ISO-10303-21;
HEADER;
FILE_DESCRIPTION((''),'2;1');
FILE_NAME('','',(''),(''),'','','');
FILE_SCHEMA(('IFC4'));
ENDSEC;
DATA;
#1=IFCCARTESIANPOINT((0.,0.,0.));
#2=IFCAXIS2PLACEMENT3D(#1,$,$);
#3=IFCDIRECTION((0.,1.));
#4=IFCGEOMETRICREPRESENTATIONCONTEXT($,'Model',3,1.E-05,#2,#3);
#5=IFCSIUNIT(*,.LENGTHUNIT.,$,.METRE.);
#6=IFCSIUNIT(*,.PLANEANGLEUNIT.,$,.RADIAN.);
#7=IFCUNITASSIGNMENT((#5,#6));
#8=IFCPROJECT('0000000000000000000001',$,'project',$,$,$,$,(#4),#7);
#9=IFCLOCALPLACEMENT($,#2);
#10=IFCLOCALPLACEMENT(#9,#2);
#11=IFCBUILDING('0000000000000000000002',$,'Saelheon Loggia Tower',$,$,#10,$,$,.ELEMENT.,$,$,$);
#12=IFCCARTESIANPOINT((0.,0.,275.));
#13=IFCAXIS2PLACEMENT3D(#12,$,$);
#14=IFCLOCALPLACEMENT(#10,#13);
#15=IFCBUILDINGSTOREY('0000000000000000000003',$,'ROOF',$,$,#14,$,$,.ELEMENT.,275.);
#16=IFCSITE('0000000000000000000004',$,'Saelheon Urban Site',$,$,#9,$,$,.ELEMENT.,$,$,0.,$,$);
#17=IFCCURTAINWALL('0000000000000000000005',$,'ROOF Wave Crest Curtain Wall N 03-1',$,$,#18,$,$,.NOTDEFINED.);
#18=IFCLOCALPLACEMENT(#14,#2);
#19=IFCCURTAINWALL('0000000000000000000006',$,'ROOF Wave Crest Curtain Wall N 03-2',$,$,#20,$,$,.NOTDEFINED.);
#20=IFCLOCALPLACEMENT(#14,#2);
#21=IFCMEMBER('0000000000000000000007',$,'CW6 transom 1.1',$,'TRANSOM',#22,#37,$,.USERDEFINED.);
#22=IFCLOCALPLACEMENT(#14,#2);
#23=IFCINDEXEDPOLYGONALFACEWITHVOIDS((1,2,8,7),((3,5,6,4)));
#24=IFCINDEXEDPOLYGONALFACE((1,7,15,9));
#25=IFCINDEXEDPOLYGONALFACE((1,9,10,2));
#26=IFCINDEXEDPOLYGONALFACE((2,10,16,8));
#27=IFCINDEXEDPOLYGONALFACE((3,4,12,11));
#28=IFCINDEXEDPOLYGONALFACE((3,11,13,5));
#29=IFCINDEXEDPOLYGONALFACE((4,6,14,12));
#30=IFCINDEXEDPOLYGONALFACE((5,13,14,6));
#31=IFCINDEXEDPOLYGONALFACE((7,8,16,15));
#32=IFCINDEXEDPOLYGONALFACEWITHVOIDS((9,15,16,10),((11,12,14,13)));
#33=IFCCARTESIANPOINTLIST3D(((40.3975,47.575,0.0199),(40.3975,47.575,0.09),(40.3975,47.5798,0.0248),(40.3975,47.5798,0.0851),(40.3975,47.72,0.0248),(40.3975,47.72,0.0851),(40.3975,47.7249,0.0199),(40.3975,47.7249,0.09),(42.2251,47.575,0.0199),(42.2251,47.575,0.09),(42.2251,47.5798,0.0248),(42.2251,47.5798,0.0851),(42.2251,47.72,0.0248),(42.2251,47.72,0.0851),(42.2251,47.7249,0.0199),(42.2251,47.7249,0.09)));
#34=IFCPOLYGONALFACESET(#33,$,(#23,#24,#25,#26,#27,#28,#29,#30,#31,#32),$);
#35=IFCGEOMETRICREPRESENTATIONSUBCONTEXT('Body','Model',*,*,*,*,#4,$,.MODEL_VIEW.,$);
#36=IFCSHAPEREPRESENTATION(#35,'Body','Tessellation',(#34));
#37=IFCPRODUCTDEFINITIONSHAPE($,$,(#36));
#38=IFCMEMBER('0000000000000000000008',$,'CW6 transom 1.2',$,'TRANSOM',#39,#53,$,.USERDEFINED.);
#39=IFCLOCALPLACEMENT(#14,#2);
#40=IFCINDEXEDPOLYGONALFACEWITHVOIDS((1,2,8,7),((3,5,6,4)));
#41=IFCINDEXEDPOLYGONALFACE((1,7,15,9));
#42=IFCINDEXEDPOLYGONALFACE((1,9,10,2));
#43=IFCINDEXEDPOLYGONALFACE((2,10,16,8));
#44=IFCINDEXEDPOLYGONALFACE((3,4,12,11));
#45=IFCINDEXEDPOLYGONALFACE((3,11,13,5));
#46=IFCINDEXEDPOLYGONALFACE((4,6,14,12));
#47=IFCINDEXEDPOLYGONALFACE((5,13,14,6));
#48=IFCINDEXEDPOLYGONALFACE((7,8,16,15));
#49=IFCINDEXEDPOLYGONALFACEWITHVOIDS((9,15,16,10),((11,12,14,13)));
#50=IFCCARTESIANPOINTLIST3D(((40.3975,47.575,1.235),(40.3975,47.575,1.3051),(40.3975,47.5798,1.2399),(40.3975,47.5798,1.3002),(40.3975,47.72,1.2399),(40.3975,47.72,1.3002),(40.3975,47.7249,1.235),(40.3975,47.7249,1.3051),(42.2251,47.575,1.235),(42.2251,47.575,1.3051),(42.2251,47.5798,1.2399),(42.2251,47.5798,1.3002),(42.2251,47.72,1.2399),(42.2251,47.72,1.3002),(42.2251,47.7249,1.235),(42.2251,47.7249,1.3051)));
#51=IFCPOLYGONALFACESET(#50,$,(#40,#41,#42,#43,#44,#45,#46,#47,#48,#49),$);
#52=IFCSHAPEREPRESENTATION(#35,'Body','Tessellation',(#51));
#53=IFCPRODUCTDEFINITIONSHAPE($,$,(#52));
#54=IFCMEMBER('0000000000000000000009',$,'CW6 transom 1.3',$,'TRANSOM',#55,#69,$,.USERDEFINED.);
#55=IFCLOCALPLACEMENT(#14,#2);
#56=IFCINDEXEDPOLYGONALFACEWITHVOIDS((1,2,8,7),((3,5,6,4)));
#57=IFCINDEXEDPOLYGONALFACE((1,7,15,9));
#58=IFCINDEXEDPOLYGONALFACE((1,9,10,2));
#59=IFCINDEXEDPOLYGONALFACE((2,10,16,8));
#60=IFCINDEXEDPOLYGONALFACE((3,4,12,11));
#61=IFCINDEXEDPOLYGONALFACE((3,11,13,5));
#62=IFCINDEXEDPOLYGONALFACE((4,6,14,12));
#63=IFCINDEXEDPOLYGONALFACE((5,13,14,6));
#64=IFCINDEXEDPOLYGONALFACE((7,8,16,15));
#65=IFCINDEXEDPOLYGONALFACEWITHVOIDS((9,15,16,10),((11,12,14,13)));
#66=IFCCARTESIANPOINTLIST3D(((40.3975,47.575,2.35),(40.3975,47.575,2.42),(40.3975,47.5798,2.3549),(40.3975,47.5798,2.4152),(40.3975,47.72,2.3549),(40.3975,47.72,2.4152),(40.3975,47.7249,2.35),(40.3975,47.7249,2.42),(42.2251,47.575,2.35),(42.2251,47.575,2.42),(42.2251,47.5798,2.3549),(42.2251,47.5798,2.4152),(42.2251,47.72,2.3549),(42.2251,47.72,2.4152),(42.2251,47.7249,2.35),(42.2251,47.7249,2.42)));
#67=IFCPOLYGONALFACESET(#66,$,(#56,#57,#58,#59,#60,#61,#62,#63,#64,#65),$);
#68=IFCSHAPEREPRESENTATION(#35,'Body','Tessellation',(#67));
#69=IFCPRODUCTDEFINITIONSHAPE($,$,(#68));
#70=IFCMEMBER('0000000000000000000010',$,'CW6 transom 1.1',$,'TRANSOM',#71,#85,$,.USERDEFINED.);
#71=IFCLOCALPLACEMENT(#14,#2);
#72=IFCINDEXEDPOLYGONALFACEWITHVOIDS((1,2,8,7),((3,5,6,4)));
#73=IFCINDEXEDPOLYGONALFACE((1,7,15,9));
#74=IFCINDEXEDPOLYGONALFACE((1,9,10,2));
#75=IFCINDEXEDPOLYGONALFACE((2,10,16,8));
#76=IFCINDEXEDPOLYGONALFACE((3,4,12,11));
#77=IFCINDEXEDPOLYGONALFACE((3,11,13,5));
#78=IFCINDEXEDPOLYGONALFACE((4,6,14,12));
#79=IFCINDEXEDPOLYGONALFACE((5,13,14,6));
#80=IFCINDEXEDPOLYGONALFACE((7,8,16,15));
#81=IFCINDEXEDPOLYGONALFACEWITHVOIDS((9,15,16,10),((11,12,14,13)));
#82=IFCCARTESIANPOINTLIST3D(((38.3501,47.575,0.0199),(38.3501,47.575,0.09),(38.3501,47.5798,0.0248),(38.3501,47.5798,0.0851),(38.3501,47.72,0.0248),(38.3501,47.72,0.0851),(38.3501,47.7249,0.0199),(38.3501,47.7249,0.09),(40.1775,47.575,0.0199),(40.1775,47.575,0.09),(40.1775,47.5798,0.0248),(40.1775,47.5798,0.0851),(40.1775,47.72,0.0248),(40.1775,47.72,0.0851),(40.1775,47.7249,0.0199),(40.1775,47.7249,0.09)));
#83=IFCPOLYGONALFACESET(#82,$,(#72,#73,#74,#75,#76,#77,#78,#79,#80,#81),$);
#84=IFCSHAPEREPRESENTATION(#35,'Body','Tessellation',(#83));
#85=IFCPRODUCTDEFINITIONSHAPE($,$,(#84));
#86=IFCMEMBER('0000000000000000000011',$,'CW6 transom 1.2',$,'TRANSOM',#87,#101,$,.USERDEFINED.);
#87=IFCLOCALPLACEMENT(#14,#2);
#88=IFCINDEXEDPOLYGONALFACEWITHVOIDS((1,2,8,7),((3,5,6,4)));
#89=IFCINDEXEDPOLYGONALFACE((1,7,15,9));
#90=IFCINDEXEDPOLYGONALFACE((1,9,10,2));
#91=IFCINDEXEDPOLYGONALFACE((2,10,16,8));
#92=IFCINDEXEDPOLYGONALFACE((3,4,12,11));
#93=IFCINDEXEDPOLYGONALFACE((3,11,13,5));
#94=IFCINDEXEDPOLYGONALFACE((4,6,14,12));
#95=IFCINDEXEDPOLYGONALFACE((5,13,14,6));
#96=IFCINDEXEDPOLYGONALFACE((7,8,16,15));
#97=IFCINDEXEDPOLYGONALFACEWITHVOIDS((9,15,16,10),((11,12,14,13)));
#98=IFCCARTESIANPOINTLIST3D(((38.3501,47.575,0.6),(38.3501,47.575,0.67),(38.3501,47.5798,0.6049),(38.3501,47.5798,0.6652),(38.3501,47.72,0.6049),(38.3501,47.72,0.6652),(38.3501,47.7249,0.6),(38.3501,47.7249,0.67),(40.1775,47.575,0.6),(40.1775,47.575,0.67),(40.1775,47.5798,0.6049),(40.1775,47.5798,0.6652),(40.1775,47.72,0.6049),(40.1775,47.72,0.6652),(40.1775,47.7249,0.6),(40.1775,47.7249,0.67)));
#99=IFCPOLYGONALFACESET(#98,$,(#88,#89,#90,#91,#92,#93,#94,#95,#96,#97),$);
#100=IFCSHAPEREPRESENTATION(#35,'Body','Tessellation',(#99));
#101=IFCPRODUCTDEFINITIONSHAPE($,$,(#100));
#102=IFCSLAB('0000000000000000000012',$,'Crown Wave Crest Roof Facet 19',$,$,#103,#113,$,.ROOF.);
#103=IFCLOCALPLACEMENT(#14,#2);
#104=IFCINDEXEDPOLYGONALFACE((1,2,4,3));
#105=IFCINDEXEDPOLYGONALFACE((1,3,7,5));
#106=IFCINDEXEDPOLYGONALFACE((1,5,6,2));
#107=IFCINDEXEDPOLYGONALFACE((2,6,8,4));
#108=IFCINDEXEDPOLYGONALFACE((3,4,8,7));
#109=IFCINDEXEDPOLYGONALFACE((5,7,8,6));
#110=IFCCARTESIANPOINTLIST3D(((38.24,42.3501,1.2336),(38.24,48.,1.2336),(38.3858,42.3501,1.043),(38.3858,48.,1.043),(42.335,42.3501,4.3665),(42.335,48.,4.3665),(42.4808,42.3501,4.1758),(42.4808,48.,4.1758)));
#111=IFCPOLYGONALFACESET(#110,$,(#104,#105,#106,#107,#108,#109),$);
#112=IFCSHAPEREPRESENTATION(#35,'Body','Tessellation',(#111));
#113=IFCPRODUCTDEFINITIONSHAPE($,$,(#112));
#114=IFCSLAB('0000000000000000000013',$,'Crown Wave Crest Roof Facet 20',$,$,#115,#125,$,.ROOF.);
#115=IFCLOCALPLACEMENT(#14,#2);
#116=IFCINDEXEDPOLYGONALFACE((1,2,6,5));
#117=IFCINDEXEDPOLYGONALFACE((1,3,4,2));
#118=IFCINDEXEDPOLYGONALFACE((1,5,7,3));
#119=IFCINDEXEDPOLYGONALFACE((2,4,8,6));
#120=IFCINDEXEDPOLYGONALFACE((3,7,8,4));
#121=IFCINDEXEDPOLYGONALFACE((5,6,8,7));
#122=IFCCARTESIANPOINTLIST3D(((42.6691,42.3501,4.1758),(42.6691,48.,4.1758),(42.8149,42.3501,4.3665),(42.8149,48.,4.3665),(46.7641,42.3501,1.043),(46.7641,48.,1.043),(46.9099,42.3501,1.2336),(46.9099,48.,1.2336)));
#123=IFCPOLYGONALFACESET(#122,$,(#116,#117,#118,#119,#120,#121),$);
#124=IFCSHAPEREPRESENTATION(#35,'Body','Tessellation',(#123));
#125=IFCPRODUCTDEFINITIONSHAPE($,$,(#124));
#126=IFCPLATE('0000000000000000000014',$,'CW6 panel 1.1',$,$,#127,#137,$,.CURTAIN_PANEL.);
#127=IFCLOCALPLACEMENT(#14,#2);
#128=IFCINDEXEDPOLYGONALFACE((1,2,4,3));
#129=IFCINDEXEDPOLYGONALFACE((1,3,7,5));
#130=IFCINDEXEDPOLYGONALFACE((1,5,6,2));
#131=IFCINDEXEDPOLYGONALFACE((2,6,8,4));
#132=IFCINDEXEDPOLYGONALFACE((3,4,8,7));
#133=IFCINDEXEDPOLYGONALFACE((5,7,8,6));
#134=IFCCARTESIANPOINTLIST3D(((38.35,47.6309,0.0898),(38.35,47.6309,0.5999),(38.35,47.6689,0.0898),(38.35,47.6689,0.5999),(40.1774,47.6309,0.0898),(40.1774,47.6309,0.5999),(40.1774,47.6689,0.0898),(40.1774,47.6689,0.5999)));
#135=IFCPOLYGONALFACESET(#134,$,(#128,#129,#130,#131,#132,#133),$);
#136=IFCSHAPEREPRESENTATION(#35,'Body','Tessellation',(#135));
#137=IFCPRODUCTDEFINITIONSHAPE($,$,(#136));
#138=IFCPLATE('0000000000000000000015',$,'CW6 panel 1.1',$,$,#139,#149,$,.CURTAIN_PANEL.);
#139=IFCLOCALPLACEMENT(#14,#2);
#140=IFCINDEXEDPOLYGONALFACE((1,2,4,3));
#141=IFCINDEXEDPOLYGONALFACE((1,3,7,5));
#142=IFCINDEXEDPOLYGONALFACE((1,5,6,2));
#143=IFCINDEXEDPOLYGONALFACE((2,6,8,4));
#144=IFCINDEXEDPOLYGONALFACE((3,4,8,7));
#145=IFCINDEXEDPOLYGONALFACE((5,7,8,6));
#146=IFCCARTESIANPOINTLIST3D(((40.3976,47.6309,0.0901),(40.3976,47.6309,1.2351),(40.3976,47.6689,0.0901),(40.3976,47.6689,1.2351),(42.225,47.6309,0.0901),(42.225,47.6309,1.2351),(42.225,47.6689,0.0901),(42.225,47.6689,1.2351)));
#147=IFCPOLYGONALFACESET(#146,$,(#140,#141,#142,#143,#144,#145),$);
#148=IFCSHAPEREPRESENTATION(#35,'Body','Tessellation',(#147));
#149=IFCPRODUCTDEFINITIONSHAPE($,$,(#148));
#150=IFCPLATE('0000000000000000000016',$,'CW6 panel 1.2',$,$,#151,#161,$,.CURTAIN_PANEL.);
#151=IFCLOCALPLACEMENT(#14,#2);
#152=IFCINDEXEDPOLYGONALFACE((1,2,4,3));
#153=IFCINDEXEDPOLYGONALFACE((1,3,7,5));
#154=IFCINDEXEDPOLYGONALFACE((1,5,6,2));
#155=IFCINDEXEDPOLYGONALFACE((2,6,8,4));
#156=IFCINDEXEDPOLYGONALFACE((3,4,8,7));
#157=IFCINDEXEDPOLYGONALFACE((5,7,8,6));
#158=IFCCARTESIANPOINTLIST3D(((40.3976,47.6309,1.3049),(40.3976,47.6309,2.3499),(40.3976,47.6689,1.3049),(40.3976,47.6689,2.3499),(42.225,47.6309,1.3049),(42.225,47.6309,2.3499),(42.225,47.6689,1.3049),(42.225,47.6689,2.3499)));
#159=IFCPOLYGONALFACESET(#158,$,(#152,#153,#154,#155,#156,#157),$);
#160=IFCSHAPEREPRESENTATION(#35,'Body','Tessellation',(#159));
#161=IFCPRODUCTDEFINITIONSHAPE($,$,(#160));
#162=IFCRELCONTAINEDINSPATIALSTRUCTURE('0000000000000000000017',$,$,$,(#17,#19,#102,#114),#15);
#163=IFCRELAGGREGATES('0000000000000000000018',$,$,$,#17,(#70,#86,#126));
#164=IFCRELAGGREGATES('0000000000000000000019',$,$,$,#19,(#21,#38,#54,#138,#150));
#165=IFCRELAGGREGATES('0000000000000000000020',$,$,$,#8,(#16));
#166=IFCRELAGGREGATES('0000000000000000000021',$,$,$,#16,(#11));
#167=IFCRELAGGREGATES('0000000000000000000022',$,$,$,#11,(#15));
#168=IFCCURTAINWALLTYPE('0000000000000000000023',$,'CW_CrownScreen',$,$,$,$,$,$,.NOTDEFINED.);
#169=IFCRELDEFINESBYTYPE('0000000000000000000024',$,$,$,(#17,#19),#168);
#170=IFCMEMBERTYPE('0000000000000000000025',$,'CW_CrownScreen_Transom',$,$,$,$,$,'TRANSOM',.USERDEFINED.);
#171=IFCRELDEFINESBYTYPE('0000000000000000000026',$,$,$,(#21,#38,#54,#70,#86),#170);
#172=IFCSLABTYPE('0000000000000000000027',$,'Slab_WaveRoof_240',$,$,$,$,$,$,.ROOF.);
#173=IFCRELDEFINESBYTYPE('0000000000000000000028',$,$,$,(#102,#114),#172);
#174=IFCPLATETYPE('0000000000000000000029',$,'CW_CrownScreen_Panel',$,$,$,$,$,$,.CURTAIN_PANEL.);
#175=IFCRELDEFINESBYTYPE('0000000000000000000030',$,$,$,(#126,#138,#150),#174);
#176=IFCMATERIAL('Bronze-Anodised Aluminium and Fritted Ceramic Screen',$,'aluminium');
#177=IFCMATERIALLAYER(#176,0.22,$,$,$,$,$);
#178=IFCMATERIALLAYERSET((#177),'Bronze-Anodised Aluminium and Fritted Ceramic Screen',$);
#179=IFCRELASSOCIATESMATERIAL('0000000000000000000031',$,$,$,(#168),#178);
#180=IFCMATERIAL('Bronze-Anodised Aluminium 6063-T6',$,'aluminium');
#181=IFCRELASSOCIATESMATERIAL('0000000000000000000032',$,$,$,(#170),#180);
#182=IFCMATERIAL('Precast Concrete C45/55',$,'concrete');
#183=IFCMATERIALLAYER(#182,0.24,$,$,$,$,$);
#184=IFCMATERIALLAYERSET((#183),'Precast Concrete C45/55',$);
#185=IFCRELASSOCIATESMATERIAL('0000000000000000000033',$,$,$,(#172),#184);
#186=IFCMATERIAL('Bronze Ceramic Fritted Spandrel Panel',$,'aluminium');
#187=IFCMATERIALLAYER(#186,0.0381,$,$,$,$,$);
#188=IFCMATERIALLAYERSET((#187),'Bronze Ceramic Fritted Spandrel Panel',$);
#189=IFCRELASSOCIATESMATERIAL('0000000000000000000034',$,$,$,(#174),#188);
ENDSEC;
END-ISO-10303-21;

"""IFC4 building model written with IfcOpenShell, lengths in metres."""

from ifc_helpers import new_model, si_unit, direction, frame, origin, origin_2d, place, context, subcontext, project, spatial, polyline, rectangle, hollow_rectangle, outline, extrude, source, transform, mapped, material, layer, layer_set, material_profile, profile_set, type_object, element, aggregate, save


model = new_model("IFC4")

# Units and contexts
model_context = context("Model", 3, precision=1e-05, world=origin(), true_north=direction((0.0, 1.0)))
body_context = subcontext(model_context, "Body", "Model", "MODEL_VIEW")
ifc_project = project(units=[si_unit("LENGTHUNIT", "METRE"), si_unit("PLANEANGLEUNIT", "RADIAN")], contexts=[model_context])

# Site, building, storey
site_placement = place(None, origin())
site = spatial("IfcSite", under=ifc_project, at=site_placement, Name="Saelheon Urban Site", CompositionType="ELEMENT", RefElevation=0.0)
building_placement = place(site_placement, origin())
building = spatial("IfcBuilding", under=site, at=building_placement, Name="Saelheon Loggia Tower", CompositionType="ELEMENT")
storey_placement = place(building_placement, frame((0.0, 0.0, 275.0)))
storey = spatial("IfcBuildingStorey", under=building, at=storey_placement, Name="ROOF", CompositionType="ELEMENT", Elevation=275.0)

# Shared definitions
ifc_material_1 = material(Name="Bronze-Anodised Aluminium and Fritted Ceramic Screen", Category="aluminium")
ifc_layer_1 = layer(ifc_material_1, 0.22)
ifc_layer_set_1 = layer_set([ifc_layer_1], Name="Bronze-Anodised Aluminium and Fritted Ceramic Screen")
curtain_wall_type = type_object("IfcCurtainWallType", Name="CW_CrownScreen", PredefinedType="NOTDEFINED", material=ifc_layer_set_1)
ifc_material_2 = material(Name="Bronze-Anodised Aluminium 6063-T6", Category="aluminium")

# Curtain walls
curtain_wall_1_placement = place(storey_placement, origin())
curtain_wall_1 = element("IfcCurtainWall", 1, at=curtain_wall_1_placement, inside=storey, type_object=curtain_wall_type, Name="ROOF Wave Crest Curtain Wall N 03-1", PredefinedType="NOTDEFINED")
curtain_wall_2_placement = place(storey_placement, origin())
curtain_wall_2 = element("IfcCurtainWall", 2, at=curtain_wall_2_placement, inside=storey, type_object=curtain_wall_type, Name="ROOF Wave Crest Curtain Wall N 03-2", PredefinedType="NOTDEFINED")

# Members
ifc_material_profile_1 = material_profile(ifc_material_2, hollow_rectangle(XDim=0.0701, YDim=0.1499, WallThickness=0.0049, at=origin_2d()), Name="RHS-150x70x5")
ifc_profile_set_1 = profile_set([ifc_material_profile_1], Name="Bronze-Anodised Aluminium 6063-T6")
member_type_1 = type_object("IfcMemberType", Name="CW_CrownScreen_Transom", ElementType="TRANSOM", PredefinedType="USERDEFINED", material=ifc_profile_set_1)
shared_shape_1 = source(origin(), body_context, "Body", "SweptSolid", [
    extrude(hollow_rectangle(XDim=0.0701, YDim=0.1499, WallThickness=0.0049, at=origin_2d()), origin(), (0.0, 0.0, 1.0), 1.8276),
])
member_1_placement = place(storey_placement, frame((40.3975, 47.6499, 0.0549), z_axis=(1.0, 0.0, 0.0), x_axis=(0.0, 0.0, 1.0)))
member_1 = element("IfcMember", 3, at=member_1_placement, type_object=member_type_1, Name="CW6 transom 1.1", ObjectType="TRANSOM", PredefinedType="USERDEFINED", context=body_context, shape_type="MappedRepresentation", body=[
    mapped(shared_shape_1, transform((0.0, 0.0, 0.0), scale=1.0)),
])
member_2_placement = place(storey_placement, frame((40.3975, 47.6499, 1.27), z_axis=(1.0, 0.0, 0.0), x_axis=(0.0, 0.0, 1.0)))
member_2 = element("IfcMember", 4, at=member_2_placement, type_object=member_type_1, Name="CW6 transom 1.2", ObjectType="TRANSOM", PredefinedType="USERDEFINED", context=body_context, shape_type="MappedRepresentation", body=[
    mapped(shared_shape_1, transform((0.0, 0.0, 0.0), scale=1.0)),
])
member_3_placement = place(storey_placement, frame((40.3975, 47.6499, 2.385), z_axis=(1.0, 0.0, 0.0), x_axis=(0.0, 0.0, 1.0)))
member_3 = element("IfcMember", 5, at=member_3_placement, type_object=member_type_1, Name="CW6 transom 1.3", ObjectType="TRANSOM", PredefinedType="USERDEFINED", context=body_context, shape_type="MappedRepresentation", body=[
    mapped(shared_shape_1, transform((0.0, 0.0, 0.0), scale=1.0)),
])
shared_shape_2 = source(origin(), body_context, "Body", "SweptSolid", [
    extrude(hollow_rectangle(XDim=0.0701, YDim=0.1499, WallThickness=0.0049, at=origin_2d()), origin(), (0.0, 0.0, 1.0), 1.8274),
])
member_4_placement = place(storey_placement, frame((38.3501, 47.6499, 0.0549), z_axis=(1.0, 0.0, 0.0), x_axis=(0.0, 0.0, 1.0)))
member_4 = element("IfcMember", 6, at=member_4_placement, type_object=member_type_1, Name="CW6 transom 1.1", ObjectType="TRANSOM", PredefinedType="USERDEFINED", context=body_context, shape_type="MappedRepresentation", body=[
    mapped(shared_shape_2, transform((0.0, 0.0, 0.0), scale=1.0)),
])
member_5_placement = place(storey_placement, frame((38.3501, 47.6499, 0.635), z_axis=(1.0, 0.0, 0.0), x_axis=(0.0, 0.0, 1.0)))
member_5 = element("IfcMember", 7, at=member_5_placement, type_object=member_type_1, Name="CW6 transom 1.2", ObjectType="TRANSOM", PredefinedType="USERDEFINED", context=body_context, shape_type="MappedRepresentation", body=[
    mapped(shared_shape_2, transform((0.0, 0.0, 0.0), scale=1.0)),
])

# Slabs
ifc_material_3 = material(Name="Precast Concrete C45/55", Category="concrete")
ifc_layer_2 = layer(ifc_material_3, 0.24)
ifc_layer_set_2 = layer_set([ifc_layer_2], Name="Precast Concrete C45/55")
slab_type = type_object("IfcSlabType", Name="Slab_WaveRoof_240", PredefinedType="ROOF", material=ifc_layer_set_2)
for number, where, z_axis, x_axis, name in (
    (8, (38.24, 42.3501, 1.2336), (-0.607617, 0.0, 0.79423), (0.0, 1.0, 0.0), "Crown Wave Crest Roof Facet 19"),
    (9, (42.8149, 42.3501, 4.3665), (0.607617, 0.0, 0.79423), (0.0, 1.0, 0.0), "Crown Wave Crest Roof Facet 20"),
):
    element("IfcSlab", number, at=place(storey_placement, frame(where, z_axis=z_axis, x_axis=x_axis)), inside=storey, type_object=slab_type, Name=name, PredefinedType="ROOF", context=body_context, shape_type="SweptSolid", body=[
        extrude(outline(polyline([(0.0, 0.0), (5.6499, 0.0), (5.6499, -5.1559), (0.0, -5.1559), (0.0, 0.0)])), origin(), (0.0, 0.0, -1.0), 0.24),
    ])

# Plates
ifc_material_4 = material(Name="Bronze Ceramic Fritted Spandrel Panel", Category="aluminium")
ifc_layer_3 = layer(ifc_material_4, 0.0381)
ifc_layer_set_3 = layer_set([ifc_layer_3], Name="Bronze Ceramic Fritted Spandrel Panel")
plate_type = type_object("IfcPlateType", Name="CW_CrownScreen_Panel", PredefinedType="CURTAIN_PANEL", material=ifc_layer_set_3)
shared_shape_3 = source(origin(), body_context, "Body", "SweptSolid", [
    extrude(rectangle(XDim=1.8274, YDim=0.0381, at=origin_2d()), origin(), (0.0, 0.0, 1.0), 0.51),
])
plate_1_placement = place(storey_placement, frame((39.2637, 47.6499, 0.0898), z_axis=(0.0, 0.0, 1.0), x_axis=(1.0, 0.0, 0.0)))
plate_1 = element("IfcPlate", 10, at=plate_1_placement, type_object=plate_type, Name="CW6 panel 1.1", PredefinedType="CURTAIN_PANEL", context=body_context, shape_type="MappedRepresentation", body=[
    mapped(shared_shape_3, transform((0.0, 0.0, 0.0), scale=1.0)),
])
aggregate(curtain_wall_1, [member_4, member_5, plate_1])
shared_shape_4 = source(origin(), body_context, "Body", "SweptSolid", [
    extrude(rectangle(XDim=1.8274, YDim=0.0381, at=origin_2d()), origin(), (0.0, 0.0, 1.0), 1.145),
])
plate_2_placement = place(storey_placement, frame((41.3113, 47.6499, 0.0901), z_axis=(0.0, 0.0, 1.0), x_axis=(1.0, 0.0, 0.0)))
plate_2 = element("IfcPlate", 11, at=plate_2_placement, type_object=plate_type, Name="CW6 panel 1.1", PredefinedType="CURTAIN_PANEL", context=body_context, shape_type="MappedRepresentation", body=[
    mapped(shared_shape_4, transform((0.0, 0.0, 0.0), scale=1.0)),
])
shared_shape_5 = source(origin(), body_context, "Body", "SweptSolid", [
    extrude(rectangle(XDim=1.8274, YDim=0.0381, at=origin_2d()), origin(), (0.0, 0.0, 1.0), 1.0449),
])
plate_3_placement = place(storey_placement, frame((41.3113, 47.6499, 1.3049), z_axis=(0.0, 0.0, 1.0), x_axis=(1.0, 0.0, 0.0)))
plate_3 = element("IfcPlate", 12, at=plate_3_placement, type_object=plate_type, Name="CW6 panel 1.2", PredefinedType="CURTAIN_PANEL", context=body_context, shape_type="MappedRepresentation", body=[
    mapped(shared_shape_5, transform((0.0, 0.0, 0.0), scale=1.0)),
])
aggregate(curtain_wall_2, [member_1, member_2, member_3, plate_2, plate_3])

save(model, "model.ifc")
